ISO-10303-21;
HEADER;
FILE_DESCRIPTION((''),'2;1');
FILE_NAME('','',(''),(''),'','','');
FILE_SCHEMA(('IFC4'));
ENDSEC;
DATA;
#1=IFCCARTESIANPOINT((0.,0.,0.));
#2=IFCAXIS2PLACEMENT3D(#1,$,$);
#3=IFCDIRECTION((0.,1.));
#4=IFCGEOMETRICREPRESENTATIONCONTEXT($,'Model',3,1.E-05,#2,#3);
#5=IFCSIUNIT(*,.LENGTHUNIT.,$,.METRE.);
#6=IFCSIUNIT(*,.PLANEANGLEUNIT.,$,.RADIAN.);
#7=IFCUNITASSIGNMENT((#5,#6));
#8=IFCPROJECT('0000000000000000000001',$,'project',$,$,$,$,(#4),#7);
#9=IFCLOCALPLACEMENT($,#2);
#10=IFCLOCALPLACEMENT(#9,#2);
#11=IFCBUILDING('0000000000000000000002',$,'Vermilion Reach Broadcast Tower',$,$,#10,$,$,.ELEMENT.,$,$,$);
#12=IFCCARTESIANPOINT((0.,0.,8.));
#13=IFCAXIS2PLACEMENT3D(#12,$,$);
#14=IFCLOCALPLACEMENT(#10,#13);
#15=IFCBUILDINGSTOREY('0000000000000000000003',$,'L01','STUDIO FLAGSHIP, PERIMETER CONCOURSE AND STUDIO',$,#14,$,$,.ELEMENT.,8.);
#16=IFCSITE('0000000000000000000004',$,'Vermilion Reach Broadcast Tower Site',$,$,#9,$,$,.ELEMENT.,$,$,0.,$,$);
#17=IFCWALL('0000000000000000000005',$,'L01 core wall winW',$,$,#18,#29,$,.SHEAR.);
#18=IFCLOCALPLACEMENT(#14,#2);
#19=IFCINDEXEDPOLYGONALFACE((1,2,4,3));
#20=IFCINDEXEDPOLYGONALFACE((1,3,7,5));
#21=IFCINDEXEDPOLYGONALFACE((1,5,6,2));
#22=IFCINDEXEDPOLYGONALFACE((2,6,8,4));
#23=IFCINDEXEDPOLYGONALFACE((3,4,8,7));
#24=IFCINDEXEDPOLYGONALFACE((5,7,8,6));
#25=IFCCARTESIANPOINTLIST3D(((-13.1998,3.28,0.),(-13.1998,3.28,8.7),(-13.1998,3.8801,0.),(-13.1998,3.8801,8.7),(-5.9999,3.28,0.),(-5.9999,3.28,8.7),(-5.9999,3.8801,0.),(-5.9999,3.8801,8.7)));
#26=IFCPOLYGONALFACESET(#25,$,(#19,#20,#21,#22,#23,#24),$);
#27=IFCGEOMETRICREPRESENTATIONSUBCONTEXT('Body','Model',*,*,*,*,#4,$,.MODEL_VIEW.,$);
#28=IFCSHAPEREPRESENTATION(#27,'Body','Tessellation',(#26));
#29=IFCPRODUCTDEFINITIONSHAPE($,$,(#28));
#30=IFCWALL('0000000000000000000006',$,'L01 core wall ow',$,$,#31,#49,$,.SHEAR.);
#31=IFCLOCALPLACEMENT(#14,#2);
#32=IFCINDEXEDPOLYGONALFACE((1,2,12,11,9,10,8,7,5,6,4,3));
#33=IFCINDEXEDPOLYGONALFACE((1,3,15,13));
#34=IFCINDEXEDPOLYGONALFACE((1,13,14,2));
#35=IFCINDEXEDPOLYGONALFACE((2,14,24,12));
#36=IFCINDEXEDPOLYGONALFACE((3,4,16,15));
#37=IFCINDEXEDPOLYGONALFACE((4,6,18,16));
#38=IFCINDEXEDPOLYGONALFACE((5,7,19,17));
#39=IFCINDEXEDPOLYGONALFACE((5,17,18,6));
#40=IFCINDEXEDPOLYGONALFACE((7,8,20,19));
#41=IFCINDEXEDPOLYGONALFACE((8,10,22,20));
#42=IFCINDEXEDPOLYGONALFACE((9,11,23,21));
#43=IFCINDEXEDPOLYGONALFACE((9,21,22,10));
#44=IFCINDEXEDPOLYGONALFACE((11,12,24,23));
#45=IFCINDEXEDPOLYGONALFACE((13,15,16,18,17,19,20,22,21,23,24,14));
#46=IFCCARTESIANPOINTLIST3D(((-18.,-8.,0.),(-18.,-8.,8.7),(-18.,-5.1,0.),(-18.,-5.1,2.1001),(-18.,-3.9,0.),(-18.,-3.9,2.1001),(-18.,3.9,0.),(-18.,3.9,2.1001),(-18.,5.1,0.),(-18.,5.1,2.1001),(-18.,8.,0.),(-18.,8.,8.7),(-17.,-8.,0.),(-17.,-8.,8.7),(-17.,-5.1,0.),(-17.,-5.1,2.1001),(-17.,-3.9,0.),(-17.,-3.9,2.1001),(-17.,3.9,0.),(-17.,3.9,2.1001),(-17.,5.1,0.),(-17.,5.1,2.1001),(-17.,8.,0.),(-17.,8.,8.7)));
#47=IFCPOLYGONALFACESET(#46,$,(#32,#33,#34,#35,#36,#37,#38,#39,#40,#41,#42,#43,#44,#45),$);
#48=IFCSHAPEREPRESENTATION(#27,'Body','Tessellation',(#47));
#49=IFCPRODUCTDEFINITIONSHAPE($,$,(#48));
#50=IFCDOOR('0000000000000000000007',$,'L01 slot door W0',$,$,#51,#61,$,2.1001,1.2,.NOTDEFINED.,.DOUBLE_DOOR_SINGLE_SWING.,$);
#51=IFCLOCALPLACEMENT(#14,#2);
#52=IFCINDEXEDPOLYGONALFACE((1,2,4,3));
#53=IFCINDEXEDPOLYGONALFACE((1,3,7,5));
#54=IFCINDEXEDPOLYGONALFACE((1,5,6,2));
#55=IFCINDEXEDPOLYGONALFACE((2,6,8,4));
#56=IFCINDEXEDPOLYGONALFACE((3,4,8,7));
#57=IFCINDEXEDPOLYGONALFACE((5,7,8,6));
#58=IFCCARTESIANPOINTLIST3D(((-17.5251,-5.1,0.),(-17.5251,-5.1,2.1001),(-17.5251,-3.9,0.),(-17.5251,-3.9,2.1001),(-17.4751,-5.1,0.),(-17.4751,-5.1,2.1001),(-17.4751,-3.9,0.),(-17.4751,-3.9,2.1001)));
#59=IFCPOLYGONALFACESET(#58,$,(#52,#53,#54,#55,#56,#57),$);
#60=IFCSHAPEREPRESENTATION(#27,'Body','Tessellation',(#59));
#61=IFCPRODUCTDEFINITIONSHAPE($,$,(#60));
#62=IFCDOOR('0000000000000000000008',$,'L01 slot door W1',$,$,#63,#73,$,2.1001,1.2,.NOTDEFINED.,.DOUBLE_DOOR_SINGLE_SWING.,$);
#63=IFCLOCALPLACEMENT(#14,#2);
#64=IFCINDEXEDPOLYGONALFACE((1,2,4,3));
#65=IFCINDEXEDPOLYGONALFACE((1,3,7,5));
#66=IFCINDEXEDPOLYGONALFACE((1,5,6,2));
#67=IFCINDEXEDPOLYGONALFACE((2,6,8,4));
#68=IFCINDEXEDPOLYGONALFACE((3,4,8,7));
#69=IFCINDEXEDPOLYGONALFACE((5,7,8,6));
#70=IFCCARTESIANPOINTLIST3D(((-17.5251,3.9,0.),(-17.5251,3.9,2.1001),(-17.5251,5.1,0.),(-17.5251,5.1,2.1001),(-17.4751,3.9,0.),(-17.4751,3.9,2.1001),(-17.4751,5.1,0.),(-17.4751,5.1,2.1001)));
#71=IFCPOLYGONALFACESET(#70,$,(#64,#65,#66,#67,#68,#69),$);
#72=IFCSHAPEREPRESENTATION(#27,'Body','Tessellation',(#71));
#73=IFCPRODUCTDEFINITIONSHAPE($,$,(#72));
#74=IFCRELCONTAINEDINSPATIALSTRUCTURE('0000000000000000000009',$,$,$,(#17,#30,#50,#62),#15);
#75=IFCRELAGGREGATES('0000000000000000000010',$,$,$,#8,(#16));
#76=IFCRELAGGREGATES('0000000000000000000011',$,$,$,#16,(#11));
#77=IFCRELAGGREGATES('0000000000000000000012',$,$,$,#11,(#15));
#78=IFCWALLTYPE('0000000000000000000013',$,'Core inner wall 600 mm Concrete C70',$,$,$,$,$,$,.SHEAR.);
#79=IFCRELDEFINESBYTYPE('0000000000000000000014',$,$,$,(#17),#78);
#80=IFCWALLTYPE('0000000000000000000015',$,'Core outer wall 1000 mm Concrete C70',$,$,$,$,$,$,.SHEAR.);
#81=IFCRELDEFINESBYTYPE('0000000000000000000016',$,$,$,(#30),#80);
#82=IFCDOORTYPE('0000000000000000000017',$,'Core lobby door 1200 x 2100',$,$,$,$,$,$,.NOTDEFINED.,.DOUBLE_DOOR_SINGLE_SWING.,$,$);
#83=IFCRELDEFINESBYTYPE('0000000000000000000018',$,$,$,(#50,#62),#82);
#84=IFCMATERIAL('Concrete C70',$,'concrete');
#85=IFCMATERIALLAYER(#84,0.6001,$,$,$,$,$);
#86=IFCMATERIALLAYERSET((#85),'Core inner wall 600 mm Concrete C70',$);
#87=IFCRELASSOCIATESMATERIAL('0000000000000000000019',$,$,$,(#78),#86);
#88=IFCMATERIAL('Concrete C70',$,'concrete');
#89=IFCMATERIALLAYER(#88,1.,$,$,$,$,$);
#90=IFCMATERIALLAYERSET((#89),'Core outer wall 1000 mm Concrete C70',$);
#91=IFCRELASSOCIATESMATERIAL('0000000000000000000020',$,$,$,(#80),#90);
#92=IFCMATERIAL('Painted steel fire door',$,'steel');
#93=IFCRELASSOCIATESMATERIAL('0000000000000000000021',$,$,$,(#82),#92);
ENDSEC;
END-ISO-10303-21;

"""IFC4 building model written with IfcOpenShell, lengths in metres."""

from ifc_helpers import new_model, si_unit, direction, frame, frame_2d, origin, place, context, subcontext, project, spatial, rectangle, extrude, material, layer, layer_set, type_object, element, fill, save


model = new_model("IFC4")

# Units and contexts
model_context = context("Model", 3, precision=1e-05, world=origin(), true_north=direction((0.0, 1.0)))
body_context = subcontext(model_context, "Body", "Model", "MODEL_VIEW")
ifc_project = project(units=[si_unit("LENGTHUNIT", "METRE"), si_unit("PLANEANGLEUNIT", "RADIAN")], contexts=[model_context])

# Site, building, storey
site_placement = place(None, origin())
site = spatial("IfcSite", under=ifc_project, at=site_placement, Name="Vermilion Reach Broadcast Tower Site", CompositionType="ELEMENT", RefElevation=0.0)
building_placement = place(site_placement, origin())
building = spatial("IfcBuilding", under=site, at=building_placement, Name="Vermilion Reach Broadcast Tower", CompositionType="ELEMENT")
storey_placement = place(building_placement, frame((0.0, 0.0, 8.0)))
storey = spatial("IfcBuildingStorey", under=building, at=storey_placement, Name="L01", Description="STUDIO FLAGSHIP, PERIMETER CONCOURSE AND STUDIO", CompositionType="ELEMENT", Elevation=8.0)

# Wall
ifc_material_1 = material(Name="Concrete C70", Category="concrete")
ifc_layer_1 = layer(ifc_material_1, 0.6001)
ifc_layer_set_1 = layer_set([ifc_layer_1], Name="Core inner wall 600 mm Concrete C70")
wall_type_1 = type_object("IfcWallType", Name="Core inner wall 600 mm Concrete C70", PredefinedType="SHEAR", material=ifc_layer_set_1)
wall_1_placement = place(storey_placement, frame((-13.2, 3.5801, 0.0), z_axis=(0.0, 0.0, 1.0), x_axis=(1.0, 0.0, 0.0)))
element("IfcWall", 1, at=wall_1_placement, inside=storey, type_object=wall_type_1, Name="L01 core wall winW", PredefinedType="SHEAR", context=body_context, shape_type="SweptSolid", body=[
    extrude(rectangle(XDim=7.2, YDim=0.6001, at=frame_2d((3.6001, 0.0))), origin(), (0.0, 0.0, 1.0), 8.7),
])

# Wall, openings, doors
ifc_material_2 = material(Name="Concrete C70", Category="concrete")
ifc_layer_2 = layer(ifc_material_2, 1.0)
ifc_layer_set_2 = layer_set([ifc_layer_2], Name="Core outer wall 1000 mm Concrete C70")
wall_type_2 = type_object("IfcWallType", Name="Core outer wall 1000 mm Concrete C70", PredefinedType="SHEAR", material=ifc_layer_set_2)
wall_2_placement = place(storey_placement, frame((-17.5, 8.0, 0.0), z_axis=(0.0, 0.0, 1.0), x_axis=(0.0, -1.0, 0.0)))
wall_2 = element("IfcWall", 2, at=wall_2_placement, inside=storey, type_object=wall_type_2, Name="L01 core wall ow", PredefinedType="SHEAR", context=body_context, shape_type="SweptSolid", body=[
    extrude(rectangle(XDim=16.0, YDim=1.0, at=frame_2d((8.0, 0.0))), origin(), (0.0, 0.0, 1.0), 8.7),
])
opening_1_placement = place(wall_2_placement, frame((11.8999, 0.0, 0.0)))
opening_1 = element("IfcOpeningElement", 3, at=opening_1_placement, cuts=wall_2, PredefinedType="OPENING", context=body_context, shape_type="SweptSolid", body=[
    extrude(rectangle(XDim=1.2, YDim=2.1001, at=frame_2d((0.6001, 1.05))), frame((0.0, 0.51, 0.0), z_axis=(0.0, -1.0, 0.0), x_axis=(1.0, 0.0, 0.0)), (0.0, 0.0, 1.0), 1.02),
])
opening_2_placement = place(wall_2_placement, frame((2.8999, 0.0, 0.0)))
opening_2 = element("IfcOpeningElement", 4, at=opening_2_placement, cuts=wall_2, PredefinedType="OPENING", context=body_context, shape_type="SweptSolid", body=[
    extrude(rectangle(XDim=1.2, YDim=2.1001, at=frame_2d((0.6001, 1.05))), frame((0.0, 0.51, 0.0), z_axis=(0.0, -1.0, 0.0), x_axis=(1.0, 0.0, 0.0)), (0.0, 0.0, 1.0), 1.02),
])
ifc_material_3 = material(Name="Painted steel fire door", Category="steel")
door_type_1 = type_object("IfcDoorType", Name="Core lobby door 1200 x 2100", OperationType="DOUBLE_DOOR_SINGLE_SWING", PredefinedType="NOTDEFINED", material=ifc_material_3)
door_1_placement = place(opening_1_placement, origin())
door_1 = element("IfcDoor", 5, at=door_1_placement, inside=storey, type_object=door_type_1, Name="L01 slot door W0", OperationType="DOUBLE_DOOR_SINGLE_SWING", OverallHeight=2.1001, OverallWidth=1.2, PredefinedType="NOTDEFINED", context=body_context, shape_type="SweptSolid", body=[
    extrude(rectangle(XDim=1.2, YDim=2.1001, at=frame_2d((0.6001, 1.05))), frame((0.0, 0.0249, 0.0), z_axis=(0.0, -1.0, 0.0), x_axis=(1.0, 0.0, 0.0)), (0.0, 0.0, 1.0), 0.05),
])
fill(opening_1, door_1)
door_2_placement = place(opening_2_placement, origin())
door_2 = element("IfcDoor", 6, at=door_2_placement, inside=storey, type_object=door_type_1, Name="L01 slot door W1", OperationType="DOUBLE_DOOR_SINGLE_SWING", OverallHeight=2.1001, OverallWidth=1.2, PredefinedType="NOTDEFINED", context=body_context, shape_type="SweptSolid", body=[
    extrude(rectangle(XDim=1.2, YDim=2.1001, at=frame_2d((0.6001, 1.05))), frame((0.0, 0.0249, 0.0), z_axis=(0.0, -1.0, 0.0), x_axis=(1.0, 0.0, 0.0)), (0.0, 0.0, 1.0), 0.05),
])
fill(opening_2, door_2)

save(model, "model.ifc")
